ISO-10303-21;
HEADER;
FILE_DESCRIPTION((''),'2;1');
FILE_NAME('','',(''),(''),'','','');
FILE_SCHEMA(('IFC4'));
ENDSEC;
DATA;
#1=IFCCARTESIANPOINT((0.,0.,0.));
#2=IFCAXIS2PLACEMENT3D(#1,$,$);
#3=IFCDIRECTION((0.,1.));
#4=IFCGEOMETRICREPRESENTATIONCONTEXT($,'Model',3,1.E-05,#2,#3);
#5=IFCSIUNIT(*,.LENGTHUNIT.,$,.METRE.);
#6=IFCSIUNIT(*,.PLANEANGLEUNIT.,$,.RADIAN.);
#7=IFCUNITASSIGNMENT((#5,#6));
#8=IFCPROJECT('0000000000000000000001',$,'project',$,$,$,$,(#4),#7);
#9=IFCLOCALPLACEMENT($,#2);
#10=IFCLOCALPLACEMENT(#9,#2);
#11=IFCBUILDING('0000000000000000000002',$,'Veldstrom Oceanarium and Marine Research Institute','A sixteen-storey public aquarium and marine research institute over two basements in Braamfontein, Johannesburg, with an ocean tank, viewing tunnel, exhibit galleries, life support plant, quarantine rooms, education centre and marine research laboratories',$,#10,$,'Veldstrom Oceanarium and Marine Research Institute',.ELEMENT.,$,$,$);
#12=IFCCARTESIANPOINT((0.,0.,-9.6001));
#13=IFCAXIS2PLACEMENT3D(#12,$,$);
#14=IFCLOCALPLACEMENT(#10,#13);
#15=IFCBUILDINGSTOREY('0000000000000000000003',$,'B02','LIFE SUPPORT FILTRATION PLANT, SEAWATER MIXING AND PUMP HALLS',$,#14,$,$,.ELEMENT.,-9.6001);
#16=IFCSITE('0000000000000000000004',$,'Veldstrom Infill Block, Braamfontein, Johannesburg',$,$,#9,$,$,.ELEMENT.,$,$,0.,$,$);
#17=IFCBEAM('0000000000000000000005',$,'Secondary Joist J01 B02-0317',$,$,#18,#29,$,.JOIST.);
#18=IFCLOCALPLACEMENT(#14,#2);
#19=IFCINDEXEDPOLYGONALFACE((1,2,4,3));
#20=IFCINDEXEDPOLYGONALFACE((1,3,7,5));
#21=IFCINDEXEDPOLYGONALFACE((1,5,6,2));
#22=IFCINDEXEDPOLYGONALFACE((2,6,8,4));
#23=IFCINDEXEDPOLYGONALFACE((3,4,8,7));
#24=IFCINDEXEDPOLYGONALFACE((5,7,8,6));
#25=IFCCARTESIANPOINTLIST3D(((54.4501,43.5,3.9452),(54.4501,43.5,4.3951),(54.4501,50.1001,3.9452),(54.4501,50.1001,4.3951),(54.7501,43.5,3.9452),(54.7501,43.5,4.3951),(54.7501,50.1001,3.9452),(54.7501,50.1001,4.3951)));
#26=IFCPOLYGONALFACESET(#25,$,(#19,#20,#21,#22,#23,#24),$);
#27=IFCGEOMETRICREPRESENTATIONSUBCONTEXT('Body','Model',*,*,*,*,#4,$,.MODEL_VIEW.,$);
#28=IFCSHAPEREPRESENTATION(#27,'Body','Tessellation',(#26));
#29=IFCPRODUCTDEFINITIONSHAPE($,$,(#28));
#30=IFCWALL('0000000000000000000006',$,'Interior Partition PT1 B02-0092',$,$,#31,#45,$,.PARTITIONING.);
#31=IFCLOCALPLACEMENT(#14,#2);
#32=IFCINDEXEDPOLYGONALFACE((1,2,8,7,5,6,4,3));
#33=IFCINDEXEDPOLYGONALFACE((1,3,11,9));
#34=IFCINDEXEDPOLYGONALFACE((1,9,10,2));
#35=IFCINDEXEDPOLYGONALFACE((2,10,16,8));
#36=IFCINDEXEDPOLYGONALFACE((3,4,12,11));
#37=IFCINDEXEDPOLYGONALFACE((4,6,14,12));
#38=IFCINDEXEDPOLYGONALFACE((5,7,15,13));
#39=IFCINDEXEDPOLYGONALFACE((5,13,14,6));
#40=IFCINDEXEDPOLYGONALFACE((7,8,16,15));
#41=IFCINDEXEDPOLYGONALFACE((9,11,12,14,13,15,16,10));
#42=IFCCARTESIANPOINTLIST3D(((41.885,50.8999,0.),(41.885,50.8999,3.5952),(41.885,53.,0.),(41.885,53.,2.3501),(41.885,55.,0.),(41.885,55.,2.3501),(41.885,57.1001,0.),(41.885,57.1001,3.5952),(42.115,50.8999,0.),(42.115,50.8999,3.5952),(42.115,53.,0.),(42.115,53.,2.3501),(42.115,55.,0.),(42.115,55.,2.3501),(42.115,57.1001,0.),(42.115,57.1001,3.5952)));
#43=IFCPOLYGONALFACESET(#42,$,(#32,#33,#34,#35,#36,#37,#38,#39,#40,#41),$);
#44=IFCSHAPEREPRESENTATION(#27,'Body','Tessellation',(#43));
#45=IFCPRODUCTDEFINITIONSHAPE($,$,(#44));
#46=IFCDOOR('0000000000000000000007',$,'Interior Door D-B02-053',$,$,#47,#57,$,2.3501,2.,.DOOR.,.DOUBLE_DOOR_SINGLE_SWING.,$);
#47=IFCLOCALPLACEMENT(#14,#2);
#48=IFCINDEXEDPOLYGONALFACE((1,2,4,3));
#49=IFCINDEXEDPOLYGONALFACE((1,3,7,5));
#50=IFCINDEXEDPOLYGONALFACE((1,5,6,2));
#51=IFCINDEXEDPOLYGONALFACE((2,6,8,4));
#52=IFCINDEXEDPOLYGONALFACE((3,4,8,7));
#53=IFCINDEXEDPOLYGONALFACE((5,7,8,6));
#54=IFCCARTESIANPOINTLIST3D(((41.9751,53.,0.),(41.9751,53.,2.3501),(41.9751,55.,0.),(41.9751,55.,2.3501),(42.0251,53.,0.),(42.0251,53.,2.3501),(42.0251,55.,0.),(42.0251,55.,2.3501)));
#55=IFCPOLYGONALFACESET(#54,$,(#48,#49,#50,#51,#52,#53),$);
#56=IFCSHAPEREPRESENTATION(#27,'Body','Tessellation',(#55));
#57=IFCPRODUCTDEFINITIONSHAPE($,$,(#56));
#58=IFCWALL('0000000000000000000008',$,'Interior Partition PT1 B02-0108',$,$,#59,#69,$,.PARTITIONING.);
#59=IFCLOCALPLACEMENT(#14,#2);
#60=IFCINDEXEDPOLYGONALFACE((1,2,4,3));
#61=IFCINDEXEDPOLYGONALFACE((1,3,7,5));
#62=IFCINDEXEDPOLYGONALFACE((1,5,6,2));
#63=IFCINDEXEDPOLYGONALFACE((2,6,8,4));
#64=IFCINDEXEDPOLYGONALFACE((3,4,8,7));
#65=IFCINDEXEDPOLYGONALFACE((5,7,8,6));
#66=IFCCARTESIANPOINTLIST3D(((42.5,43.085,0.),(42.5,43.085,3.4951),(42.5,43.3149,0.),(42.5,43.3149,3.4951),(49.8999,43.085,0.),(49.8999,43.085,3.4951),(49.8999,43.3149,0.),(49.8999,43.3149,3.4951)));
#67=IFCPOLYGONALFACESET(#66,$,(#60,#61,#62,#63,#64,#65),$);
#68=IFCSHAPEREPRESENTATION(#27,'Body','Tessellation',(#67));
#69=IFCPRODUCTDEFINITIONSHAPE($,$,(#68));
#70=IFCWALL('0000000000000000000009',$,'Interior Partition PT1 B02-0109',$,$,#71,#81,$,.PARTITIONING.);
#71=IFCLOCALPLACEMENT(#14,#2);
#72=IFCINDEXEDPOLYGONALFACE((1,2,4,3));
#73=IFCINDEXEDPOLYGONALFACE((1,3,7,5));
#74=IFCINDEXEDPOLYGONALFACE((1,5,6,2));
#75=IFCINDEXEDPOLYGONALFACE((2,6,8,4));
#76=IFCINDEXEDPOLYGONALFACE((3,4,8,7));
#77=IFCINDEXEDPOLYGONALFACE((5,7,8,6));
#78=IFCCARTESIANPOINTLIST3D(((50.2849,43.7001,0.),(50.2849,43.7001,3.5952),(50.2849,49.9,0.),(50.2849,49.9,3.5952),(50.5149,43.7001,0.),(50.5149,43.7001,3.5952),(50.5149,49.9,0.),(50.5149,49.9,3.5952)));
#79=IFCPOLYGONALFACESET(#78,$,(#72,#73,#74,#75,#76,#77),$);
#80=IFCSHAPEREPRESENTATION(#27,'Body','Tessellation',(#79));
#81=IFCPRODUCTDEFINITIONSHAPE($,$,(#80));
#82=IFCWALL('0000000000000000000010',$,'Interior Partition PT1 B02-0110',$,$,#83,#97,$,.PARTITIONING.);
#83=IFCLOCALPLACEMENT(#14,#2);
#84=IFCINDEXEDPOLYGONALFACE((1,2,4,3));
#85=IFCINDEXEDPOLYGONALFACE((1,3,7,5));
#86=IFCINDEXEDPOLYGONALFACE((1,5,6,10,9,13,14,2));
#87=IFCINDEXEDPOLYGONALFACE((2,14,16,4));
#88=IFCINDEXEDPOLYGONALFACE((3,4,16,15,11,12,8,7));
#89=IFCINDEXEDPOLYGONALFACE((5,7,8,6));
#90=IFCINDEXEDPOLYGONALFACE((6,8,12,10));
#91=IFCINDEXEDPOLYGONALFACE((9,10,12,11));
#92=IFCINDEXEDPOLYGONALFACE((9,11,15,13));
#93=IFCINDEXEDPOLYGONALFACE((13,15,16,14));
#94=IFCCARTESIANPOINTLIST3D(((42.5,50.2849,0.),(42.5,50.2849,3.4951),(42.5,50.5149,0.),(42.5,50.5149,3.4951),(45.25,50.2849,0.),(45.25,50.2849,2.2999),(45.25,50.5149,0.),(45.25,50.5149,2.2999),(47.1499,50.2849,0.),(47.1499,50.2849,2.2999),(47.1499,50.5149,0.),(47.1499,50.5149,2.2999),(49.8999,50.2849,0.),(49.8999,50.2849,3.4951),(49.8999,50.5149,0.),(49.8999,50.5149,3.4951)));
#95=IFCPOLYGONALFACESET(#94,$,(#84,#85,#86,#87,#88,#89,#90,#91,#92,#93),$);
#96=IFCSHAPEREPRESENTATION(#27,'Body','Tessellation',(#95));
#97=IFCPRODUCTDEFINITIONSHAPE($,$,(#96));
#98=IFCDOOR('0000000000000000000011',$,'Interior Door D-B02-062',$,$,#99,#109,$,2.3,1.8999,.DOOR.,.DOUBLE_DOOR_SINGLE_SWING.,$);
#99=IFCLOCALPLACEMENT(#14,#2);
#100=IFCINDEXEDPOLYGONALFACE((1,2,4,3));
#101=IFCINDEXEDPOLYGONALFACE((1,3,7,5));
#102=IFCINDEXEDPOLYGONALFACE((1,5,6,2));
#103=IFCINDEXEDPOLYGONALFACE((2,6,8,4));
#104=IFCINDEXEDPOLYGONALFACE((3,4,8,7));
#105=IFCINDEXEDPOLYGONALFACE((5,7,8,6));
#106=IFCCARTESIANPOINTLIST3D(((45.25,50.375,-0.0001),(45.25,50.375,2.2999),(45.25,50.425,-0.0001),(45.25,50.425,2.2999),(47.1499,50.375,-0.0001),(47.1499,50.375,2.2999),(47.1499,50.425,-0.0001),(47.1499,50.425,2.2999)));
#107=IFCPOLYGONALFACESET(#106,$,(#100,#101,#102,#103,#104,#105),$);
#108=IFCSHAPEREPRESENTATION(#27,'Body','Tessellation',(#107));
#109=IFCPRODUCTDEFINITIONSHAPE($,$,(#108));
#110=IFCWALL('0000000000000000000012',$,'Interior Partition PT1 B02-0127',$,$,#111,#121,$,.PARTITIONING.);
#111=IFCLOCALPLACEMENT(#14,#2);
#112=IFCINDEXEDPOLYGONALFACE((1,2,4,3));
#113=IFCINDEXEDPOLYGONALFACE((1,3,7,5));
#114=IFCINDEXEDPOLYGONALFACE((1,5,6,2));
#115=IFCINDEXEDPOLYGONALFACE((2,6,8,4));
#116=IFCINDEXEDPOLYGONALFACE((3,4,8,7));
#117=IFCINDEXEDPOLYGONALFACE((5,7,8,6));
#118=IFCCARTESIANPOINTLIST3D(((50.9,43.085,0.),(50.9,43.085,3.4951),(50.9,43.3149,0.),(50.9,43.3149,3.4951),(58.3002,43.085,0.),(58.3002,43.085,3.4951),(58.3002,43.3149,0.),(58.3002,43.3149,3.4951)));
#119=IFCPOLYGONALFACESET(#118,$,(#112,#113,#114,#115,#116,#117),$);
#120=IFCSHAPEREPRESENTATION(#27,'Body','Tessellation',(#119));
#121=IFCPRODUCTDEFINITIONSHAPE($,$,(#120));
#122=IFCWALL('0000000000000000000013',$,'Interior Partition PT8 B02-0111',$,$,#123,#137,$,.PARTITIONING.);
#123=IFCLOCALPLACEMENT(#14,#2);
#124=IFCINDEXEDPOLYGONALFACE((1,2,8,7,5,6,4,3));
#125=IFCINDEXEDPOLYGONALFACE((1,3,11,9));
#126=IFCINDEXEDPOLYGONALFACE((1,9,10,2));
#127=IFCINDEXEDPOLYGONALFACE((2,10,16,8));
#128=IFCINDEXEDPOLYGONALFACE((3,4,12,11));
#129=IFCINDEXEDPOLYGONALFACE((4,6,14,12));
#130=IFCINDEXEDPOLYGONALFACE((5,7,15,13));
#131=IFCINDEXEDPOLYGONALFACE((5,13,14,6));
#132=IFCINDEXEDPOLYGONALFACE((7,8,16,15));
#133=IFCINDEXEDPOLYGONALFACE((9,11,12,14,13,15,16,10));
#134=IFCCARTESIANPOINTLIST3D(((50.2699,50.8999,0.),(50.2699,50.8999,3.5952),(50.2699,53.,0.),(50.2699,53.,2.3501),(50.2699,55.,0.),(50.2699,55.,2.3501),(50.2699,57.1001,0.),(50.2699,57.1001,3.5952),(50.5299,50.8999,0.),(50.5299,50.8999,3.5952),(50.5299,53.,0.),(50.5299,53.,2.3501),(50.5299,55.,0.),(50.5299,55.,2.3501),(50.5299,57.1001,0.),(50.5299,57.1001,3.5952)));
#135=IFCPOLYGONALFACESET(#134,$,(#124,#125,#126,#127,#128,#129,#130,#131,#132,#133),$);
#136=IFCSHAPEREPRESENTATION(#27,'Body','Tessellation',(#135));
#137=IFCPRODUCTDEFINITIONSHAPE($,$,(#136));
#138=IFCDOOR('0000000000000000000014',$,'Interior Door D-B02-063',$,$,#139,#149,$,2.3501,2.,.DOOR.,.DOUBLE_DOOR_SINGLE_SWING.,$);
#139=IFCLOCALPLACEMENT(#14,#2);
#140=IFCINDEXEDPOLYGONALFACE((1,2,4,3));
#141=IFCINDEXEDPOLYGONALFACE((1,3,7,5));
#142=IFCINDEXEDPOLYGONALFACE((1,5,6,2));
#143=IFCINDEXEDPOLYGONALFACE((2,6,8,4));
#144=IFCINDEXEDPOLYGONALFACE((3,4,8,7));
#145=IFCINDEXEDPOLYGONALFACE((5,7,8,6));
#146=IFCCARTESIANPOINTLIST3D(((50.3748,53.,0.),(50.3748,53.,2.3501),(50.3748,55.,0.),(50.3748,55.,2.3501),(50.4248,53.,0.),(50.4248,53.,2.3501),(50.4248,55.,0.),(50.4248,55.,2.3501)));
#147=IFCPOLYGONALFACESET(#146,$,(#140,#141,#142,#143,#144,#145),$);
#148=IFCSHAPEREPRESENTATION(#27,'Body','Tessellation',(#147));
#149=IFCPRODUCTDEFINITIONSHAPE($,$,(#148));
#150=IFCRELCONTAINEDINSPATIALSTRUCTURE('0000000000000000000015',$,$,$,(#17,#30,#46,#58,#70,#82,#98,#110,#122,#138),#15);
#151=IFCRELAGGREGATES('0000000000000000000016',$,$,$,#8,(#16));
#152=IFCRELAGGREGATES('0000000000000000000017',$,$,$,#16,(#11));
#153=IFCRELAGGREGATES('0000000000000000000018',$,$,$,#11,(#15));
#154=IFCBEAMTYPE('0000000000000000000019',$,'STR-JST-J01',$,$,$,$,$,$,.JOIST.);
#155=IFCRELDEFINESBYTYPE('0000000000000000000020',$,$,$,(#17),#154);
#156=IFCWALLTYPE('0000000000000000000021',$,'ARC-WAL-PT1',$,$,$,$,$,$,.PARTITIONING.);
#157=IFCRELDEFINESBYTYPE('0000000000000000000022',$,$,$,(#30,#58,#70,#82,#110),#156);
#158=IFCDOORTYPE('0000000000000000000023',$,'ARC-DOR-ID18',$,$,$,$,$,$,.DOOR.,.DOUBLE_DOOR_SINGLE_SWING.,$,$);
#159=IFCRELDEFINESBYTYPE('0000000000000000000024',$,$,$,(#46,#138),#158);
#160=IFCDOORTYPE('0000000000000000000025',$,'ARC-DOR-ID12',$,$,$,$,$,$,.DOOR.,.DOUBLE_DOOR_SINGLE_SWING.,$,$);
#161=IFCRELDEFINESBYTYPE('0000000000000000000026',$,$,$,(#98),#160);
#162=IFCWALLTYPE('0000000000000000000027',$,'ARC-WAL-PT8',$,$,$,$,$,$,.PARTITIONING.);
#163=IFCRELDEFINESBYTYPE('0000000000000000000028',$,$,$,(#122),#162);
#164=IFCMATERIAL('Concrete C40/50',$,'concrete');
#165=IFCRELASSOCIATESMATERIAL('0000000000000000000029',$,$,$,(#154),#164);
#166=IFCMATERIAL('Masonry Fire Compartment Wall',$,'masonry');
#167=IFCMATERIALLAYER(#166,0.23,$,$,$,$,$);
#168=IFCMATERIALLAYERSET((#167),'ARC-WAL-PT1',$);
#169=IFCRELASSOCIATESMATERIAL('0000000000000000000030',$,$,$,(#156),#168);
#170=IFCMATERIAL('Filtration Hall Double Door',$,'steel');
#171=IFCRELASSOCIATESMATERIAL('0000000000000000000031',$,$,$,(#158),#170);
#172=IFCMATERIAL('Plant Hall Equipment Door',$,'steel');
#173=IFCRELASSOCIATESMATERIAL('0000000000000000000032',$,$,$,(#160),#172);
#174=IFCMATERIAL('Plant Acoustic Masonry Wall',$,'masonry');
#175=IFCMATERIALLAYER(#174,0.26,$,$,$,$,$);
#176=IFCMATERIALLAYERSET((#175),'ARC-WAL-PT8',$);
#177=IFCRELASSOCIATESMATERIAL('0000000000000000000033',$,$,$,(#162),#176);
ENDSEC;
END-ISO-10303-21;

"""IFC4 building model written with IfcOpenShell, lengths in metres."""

from ifc_helpers import new_model, si_unit, direction, frame, frame_2d, origin, origin_2d, place, context, subcontext, project, spatial, rectangle, extrude, material, layer, layer_set, material_profile, profile_set, type_object, element, fill, save


model = new_model("IFC4")

# Units and contexts
model_context = context("Model", 3, precision=1e-05, world=origin(), true_north=direction((0.0, 1.0)))
body_context = subcontext(model_context, "Body", "Model", "MODEL_VIEW")
ifc_project = project(units=[si_unit("LENGTHUNIT", "METRE"), si_unit("PLANEANGLEUNIT", "RADIAN")], contexts=[model_context])

# Site, building, storey
site_placement = place(None, origin())
site = spatial("IfcSite", under=ifc_project, at=site_placement, Name="Veldstrom Infill Block, Braamfontein, Johannesburg", CompositionType="ELEMENT", RefElevation=0.0)
building_placement = place(site_placement, origin())
building = spatial("IfcBuilding", under=site, at=building_placement, Name="Veldstrom Oceanarium and Marine Research Institute", Description="A sixteen-storey public aquarium and marine research institute over two basements in Braamfontein, Johannesburg, with an ocean tank, viewing tunnel, exhibit galleries, life support plant, quarantine rooms, education centre and marine research laboratories", LongName="Veldstrom Oceanarium and Marine Research Institute", CompositionType="ELEMENT")
storey_placement = place(building_placement, frame((0.0, 0.0, -9.6001)))
storey = spatial("IfcBuildingStorey", under=building, at=storey_placement, Name="B02", Description="LIFE SUPPORT FILTRATION PLANT, SEAWATER MIXING AND PUMP HALLS", CompositionType="ELEMENT", Elevation=-9.6001)

# Beam
ifc_material_1 = material(Name="Concrete C40/50", Category="concrete")
ifc_material_profile_1 = material_profile(ifc_material_1, rectangle(XDim=0.3, YDim=0.45, at=origin_2d()), Name="RC-JST-300x450")
ifc_profile_set_1 = profile_set([ifc_material_profile_1], Name="Concrete C40/50")
beam_type_1 = type_object("IfcBeamType", Name="STR-JST-J01", PredefinedType="JOIST", material=ifc_profile_set_1)
for number, where, z_axis, x_axis, name in (
    (1, (54.6001, 43.5, 4.1702), (0.0, 1.0, 0.0), (-1.0, 0.0, 0.0), "Secondary Joist J01 B02-0317"),
):
    element("IfcBeam", number, at=place(storey_placement, frame(where, z_axis=z_axis, x_axis=x_axis)), inside=storey, type_object=beam_type_1, Name=name, PredefinedType="JOIST", context=body_context, shape_type="SweptSolid", body=[
        extrude(rectangle(XDim=0.3, YDim=0.45, at=origin_2d()), origin(), (0.0, 0.0, 1.0), 6.6001),
    ])

# Wall, opening, door
ifc_material_2 = material(Name="Masonry Fire Compartment Wall", Category="masonry")
ifc_layer_1 = layer(ifc_material_2, 0.23)
ifc_layer_set_1 = layer_set([ifc_layer_1], Name="ARC-WAL-PT1")
wall_type_1 = type_object("IfcWallType", Name="ARC-WAL-PT1", PredefinedType="PARTITIONING", material=ifc_layer_set_1)
wall_1_placement = place(storey_placement, frame((42.0, 50.8999, 0.0), z_axis=(0.0, 0.0, 1.0), x_axis=(0.0, 1.0, 0.0)))
wall_1 = element("IfcWall", 2, at=wall_1_placement, inside=storey, type_object=wall_type_1, Name="Interior Partition PT1 B02-0092", PredefinedType="PARTITIONING", context=body_context, shape_type="SweptSolid", body=[
    extrude(rectangle(XDim=6.2002, YDim=0.23, at=frame_2d((3.1001, 0.0))), origin(), (0.0, 0.0, 1.0), 3.5952),
])
opening_1_placement = place(wall_1_placement, frame((2.1001, 0.0, 0.0)))
opening_1 = element("IfcOpeningElement", 3, at=opening_1_placement, cuts=wall_1, PredefinedType="OPENING", context=body_context, shape_type="SweptSolid", body=[
    extrude(rectangle(XDim=2.0, YDim=2.3501, at=frame_2d((1.0, 1.175))), frame((0.0, 0.125, 0.0), z_axis=(0.0, -1.0, 0.0), x_axis=(1.0, 0.0, 0.0)), (0.0, 0.0, 1.0), 0.25),
])
ifc_material_3 = material(Name="Filtration Hall Double Door", Category="steel")
door_type_1 = type_object("IfcDoorType", Name="ARC-DOR-ID18", OperationType="DOUBLE_DOOR_SINGLE_SWING", PredefinedType="DOOR", material=ifc_material_3)
door_1_placement = place(opening_1_placement, origin())
door_1 = element("IfcDoor", 4, at=door_1_placement, inside=storey, type_object=door_type_1, Name="Interior Door D-B02-053", OperationType="DOUBLE_DOOR_SINGLE_SWING", OverallHeight=2.3501, OverallWidth=2.0, PredefinedType="DOOR", context=body_context, shape_type="SweptSolid", body=[
    extrude(rectangle(XDim=2.0, YDim=2.3501, at=frame_2d((1.0, 1.175))), frame((0.0, 0.0249, 0.0), z_axis=(0.0, -1.0, 0.0), x_axis=(1.0, 0.0, 0.0)), (0.0, 0.0, 1.0), 0.05),
])
fill(opening_1, door_1)

# Walls
wall_2_placement = place(storey_placement, frame((42.5, 43.2, 0.0), z_axis=(0.0, 0.0, 1.0), x_axis=(1.0, 0.0, 0.0)))
element("IfcWall", 5, at=wall_2_placement, inside=storey, type_object=wall_type_1, Name="Interior Partition PT1 B02-0108", PredefinedType="PARTITIONING", context=body_context, shape_type="SweptSolid", body=[
    extrude(rectangle(XDim=7.3999, YDim=0.23, at=frame_2d((3.7, 0.0))), origin(), (0.0, 0.0, 1.0), 3.4951),
])
wall_3_placement = place(storey_placement, frame((50.3999, 43.7, 0.0), z_axis=(0.0, 0.0, 1.0), x_axis=(0.0, 1.0, 0.0)))
element("IfcWall", 6, at=wall_3_placement, inside=storey, type_object=wall_type_1, Name="Interior Partition PT1 B02-0109", PredefinedType="PARTITIONING", context=body_context, shape_type="SweptSolid", body=[
    extrude(rectangle(XDim=6.2, YDim=0.23, at=frame_2d((3.1001, 0.0))), origin(), (0.0, 0.0, 1.0), 3.5952),
])

# Wall, opening, door
wall_4_placement = place(storey_placement, frame((42.5, 50.3999, 0.0), z_axis=(0.0, 0.0, 1.0), x_axis=(1.0, 0.0, 0.0)))
wall_4 = element("IfcWall", 7, at=wall_4_placement, inside=storey, type_object=wall_type_1, Name="Interior Partition PT1 B02-0110", PredefinedType="PARTITIONING", context=body_context, shape_type="SweptSolid", body=[
    extrude(rectangle(XDim=7.3999, YDim=0.23, at=frame_2d((3.7, 0.0))), origin(), (0.0, 0.0, 1.0), 3.4951),
])
opening_2_placement = place(wall_4_placement, frame((2.75, 0.0, 0.0)))
opening_2 = element("IfcOpeningElement", 8, at=opening_2_placement, cuts=wall_4, PredefinedType="OPENING", context=body_context, shape_type="SweptSolid", body=[
    extrude(rectangle(XDim=1.8999, YDim=2.3, at=frame_2d((0.95, 1.1499))), frame((0.0, 0.125, 0.0), z_axis=(0.0, -1.0, 0.0), x_axis=(1.0, 0.0, 0.0)), (0.0, 0.0, 1.0), 0.25),
])
ifc_material_4 = material(Name="Plant Hall Equipment Door", Category="steel")
door_type_2 = type_object("IfcDoorType", Name="ARC-DOR-ID12", OperationType="DOUBLE_DOOR_SINGLE_SWING", PredefinedType="DOOR", material=ifc_material_4)
door_2_placement = place(opening_2_placement, frame((1.8999, 0.0, 0.0), z_axis=(0.0, 0.0, 1.0), x_axis=(-1.0, 0.0, 0.0)))
door_2 = element("IfcDoor", 9, at=door_2_placement, inside=storey, type_object=door_type_2, Name="Interior Door D-B02-062", OperationType="DOUBLE_DOOR_SINGLE_SWING", OverallHeight=2.3, OverallWidth=1.8999, PredefinedType="DOOR", context=body_context, shape_type="SweptSolid", body=[
    extrude(rectangle(XDim=1.8999, YDim=2.3, at=frame_2d((0.95, 1.1499))), frame((0.0, 0.0249, 0.0), z_axis=(0.0, -1.0, 0.0), x_axis=(1.0, 0.0, 0.0)), (0.0, 0.0, 1.0), 0.05),
])
fill(opening_2, door_2)

# Wall
wall_5_placement = place(storey_placement, frame((50.8999, 43.2, 0.0), z_axis=(0.0, 0.0, 1.0), x_axis=(1.0, 0.0, 0.0)))
element("IfcWall", 10, at=wall_5_placement, inside=storey, type_object=wall_type_1, Name="Interior Partition PT1 B02-0127", PredefinedType="PARTITIONING", context=body_context, shape_type="SweptSolid", body=[
    extrude(rectangle(XDim=7.4001, YDim=0.23, at=frame_2d((3.7002, 0.0))), origin(), (0.0, 0.0, 1.0), 3.4951),
])

# Wall, opening, door
ifc_material_5 = material(Name="Plant Acoustic Masonry Wall", Category="masonry")
ifc_layer_2 = layer(ifc_material_5, 0.26)
ifc_layer_set_2 = layer_set([ifc_layer_2], Name="ARC-WAL-PT8")
wall_type_2 = type_object("IfcWallType", Name="ARC-WAL-PT8", PredefinedType="PARTITIONING", material=ifc_layer_set_2)
wall_6_placement = place(storey_placement, frame((50.3999, 50.8999, 0.0), z_axis=(0.0, 0.0, 1.0), x_axis=(0.0, 1.0, 0.0)))
wall_6 = element("IfcWall", 11, at=wall_6_placement, inside=storey, type_object=wall_type_2, Name="Interior Partition PT8 B02-0111", PredefinedType="PARTITIONING", context=body_context, shape_type="SweptSolid", body=[
    extrude(rectangle(XDim=6.2002, YDim=0.26, at=frame_2d((3.1001, 0.0))), origin(), (0.0, 0.0, 1.0), 3.5952),
])
opening_3_placement = place(wall_6_placement, frame((2.1001, 0.0, 0.0)))
opening_3 = element("IfcOpeningElement", 12, at=opening_3_placement, cuts=wall_6, PredefinedType="OPENING", context=body_context, shape_type="SweptSolid", body=[
    extrude(rectangle(XDim=2.0, YDim=2.3501, at=frame_2d((1.0, 1.175))), frame((0.0, 0.1399, 0.0), z_axis=(0.0, -1.0, 0.0), x_axis=(1.0, 0.0, 0.0)), (0.0, 0.0, 1.0), 0.28),
])
door_3_placement = place(opening_3_placement, frame((2.0, 0.0, 0.0), z_axis=(0.0, 0.0, 1.0), x_axis=(-1.0, 0.0, 0.0)))
door_3 = element("IfcDoor", 13, at=door_3_placement, inside=storey, type_object=door_type_1, Name="Interior Door D-B02-063", OperationType="DOUBLE_DOOR_SINGLE_SWING", OverallHeight=2.3501, OverallWidth=2.0, PredefinedType="DOOR", context=body_context, shape_type="SweptSolid", body=[
    extrude(rectangle(XDim=2.0, YDim=2.3501, at=frame_2d((1.0, 1.175))), frame((0.0, 0.0249, 0.0), z_axis=(0.0, -1.0, 0.0), x_axis=(1.0, 0.0, 0.0)), (0.0, 0.0, 1.0), 0.05),
])
fill(opening_3, door_3)

save(model, "model.ifc")
